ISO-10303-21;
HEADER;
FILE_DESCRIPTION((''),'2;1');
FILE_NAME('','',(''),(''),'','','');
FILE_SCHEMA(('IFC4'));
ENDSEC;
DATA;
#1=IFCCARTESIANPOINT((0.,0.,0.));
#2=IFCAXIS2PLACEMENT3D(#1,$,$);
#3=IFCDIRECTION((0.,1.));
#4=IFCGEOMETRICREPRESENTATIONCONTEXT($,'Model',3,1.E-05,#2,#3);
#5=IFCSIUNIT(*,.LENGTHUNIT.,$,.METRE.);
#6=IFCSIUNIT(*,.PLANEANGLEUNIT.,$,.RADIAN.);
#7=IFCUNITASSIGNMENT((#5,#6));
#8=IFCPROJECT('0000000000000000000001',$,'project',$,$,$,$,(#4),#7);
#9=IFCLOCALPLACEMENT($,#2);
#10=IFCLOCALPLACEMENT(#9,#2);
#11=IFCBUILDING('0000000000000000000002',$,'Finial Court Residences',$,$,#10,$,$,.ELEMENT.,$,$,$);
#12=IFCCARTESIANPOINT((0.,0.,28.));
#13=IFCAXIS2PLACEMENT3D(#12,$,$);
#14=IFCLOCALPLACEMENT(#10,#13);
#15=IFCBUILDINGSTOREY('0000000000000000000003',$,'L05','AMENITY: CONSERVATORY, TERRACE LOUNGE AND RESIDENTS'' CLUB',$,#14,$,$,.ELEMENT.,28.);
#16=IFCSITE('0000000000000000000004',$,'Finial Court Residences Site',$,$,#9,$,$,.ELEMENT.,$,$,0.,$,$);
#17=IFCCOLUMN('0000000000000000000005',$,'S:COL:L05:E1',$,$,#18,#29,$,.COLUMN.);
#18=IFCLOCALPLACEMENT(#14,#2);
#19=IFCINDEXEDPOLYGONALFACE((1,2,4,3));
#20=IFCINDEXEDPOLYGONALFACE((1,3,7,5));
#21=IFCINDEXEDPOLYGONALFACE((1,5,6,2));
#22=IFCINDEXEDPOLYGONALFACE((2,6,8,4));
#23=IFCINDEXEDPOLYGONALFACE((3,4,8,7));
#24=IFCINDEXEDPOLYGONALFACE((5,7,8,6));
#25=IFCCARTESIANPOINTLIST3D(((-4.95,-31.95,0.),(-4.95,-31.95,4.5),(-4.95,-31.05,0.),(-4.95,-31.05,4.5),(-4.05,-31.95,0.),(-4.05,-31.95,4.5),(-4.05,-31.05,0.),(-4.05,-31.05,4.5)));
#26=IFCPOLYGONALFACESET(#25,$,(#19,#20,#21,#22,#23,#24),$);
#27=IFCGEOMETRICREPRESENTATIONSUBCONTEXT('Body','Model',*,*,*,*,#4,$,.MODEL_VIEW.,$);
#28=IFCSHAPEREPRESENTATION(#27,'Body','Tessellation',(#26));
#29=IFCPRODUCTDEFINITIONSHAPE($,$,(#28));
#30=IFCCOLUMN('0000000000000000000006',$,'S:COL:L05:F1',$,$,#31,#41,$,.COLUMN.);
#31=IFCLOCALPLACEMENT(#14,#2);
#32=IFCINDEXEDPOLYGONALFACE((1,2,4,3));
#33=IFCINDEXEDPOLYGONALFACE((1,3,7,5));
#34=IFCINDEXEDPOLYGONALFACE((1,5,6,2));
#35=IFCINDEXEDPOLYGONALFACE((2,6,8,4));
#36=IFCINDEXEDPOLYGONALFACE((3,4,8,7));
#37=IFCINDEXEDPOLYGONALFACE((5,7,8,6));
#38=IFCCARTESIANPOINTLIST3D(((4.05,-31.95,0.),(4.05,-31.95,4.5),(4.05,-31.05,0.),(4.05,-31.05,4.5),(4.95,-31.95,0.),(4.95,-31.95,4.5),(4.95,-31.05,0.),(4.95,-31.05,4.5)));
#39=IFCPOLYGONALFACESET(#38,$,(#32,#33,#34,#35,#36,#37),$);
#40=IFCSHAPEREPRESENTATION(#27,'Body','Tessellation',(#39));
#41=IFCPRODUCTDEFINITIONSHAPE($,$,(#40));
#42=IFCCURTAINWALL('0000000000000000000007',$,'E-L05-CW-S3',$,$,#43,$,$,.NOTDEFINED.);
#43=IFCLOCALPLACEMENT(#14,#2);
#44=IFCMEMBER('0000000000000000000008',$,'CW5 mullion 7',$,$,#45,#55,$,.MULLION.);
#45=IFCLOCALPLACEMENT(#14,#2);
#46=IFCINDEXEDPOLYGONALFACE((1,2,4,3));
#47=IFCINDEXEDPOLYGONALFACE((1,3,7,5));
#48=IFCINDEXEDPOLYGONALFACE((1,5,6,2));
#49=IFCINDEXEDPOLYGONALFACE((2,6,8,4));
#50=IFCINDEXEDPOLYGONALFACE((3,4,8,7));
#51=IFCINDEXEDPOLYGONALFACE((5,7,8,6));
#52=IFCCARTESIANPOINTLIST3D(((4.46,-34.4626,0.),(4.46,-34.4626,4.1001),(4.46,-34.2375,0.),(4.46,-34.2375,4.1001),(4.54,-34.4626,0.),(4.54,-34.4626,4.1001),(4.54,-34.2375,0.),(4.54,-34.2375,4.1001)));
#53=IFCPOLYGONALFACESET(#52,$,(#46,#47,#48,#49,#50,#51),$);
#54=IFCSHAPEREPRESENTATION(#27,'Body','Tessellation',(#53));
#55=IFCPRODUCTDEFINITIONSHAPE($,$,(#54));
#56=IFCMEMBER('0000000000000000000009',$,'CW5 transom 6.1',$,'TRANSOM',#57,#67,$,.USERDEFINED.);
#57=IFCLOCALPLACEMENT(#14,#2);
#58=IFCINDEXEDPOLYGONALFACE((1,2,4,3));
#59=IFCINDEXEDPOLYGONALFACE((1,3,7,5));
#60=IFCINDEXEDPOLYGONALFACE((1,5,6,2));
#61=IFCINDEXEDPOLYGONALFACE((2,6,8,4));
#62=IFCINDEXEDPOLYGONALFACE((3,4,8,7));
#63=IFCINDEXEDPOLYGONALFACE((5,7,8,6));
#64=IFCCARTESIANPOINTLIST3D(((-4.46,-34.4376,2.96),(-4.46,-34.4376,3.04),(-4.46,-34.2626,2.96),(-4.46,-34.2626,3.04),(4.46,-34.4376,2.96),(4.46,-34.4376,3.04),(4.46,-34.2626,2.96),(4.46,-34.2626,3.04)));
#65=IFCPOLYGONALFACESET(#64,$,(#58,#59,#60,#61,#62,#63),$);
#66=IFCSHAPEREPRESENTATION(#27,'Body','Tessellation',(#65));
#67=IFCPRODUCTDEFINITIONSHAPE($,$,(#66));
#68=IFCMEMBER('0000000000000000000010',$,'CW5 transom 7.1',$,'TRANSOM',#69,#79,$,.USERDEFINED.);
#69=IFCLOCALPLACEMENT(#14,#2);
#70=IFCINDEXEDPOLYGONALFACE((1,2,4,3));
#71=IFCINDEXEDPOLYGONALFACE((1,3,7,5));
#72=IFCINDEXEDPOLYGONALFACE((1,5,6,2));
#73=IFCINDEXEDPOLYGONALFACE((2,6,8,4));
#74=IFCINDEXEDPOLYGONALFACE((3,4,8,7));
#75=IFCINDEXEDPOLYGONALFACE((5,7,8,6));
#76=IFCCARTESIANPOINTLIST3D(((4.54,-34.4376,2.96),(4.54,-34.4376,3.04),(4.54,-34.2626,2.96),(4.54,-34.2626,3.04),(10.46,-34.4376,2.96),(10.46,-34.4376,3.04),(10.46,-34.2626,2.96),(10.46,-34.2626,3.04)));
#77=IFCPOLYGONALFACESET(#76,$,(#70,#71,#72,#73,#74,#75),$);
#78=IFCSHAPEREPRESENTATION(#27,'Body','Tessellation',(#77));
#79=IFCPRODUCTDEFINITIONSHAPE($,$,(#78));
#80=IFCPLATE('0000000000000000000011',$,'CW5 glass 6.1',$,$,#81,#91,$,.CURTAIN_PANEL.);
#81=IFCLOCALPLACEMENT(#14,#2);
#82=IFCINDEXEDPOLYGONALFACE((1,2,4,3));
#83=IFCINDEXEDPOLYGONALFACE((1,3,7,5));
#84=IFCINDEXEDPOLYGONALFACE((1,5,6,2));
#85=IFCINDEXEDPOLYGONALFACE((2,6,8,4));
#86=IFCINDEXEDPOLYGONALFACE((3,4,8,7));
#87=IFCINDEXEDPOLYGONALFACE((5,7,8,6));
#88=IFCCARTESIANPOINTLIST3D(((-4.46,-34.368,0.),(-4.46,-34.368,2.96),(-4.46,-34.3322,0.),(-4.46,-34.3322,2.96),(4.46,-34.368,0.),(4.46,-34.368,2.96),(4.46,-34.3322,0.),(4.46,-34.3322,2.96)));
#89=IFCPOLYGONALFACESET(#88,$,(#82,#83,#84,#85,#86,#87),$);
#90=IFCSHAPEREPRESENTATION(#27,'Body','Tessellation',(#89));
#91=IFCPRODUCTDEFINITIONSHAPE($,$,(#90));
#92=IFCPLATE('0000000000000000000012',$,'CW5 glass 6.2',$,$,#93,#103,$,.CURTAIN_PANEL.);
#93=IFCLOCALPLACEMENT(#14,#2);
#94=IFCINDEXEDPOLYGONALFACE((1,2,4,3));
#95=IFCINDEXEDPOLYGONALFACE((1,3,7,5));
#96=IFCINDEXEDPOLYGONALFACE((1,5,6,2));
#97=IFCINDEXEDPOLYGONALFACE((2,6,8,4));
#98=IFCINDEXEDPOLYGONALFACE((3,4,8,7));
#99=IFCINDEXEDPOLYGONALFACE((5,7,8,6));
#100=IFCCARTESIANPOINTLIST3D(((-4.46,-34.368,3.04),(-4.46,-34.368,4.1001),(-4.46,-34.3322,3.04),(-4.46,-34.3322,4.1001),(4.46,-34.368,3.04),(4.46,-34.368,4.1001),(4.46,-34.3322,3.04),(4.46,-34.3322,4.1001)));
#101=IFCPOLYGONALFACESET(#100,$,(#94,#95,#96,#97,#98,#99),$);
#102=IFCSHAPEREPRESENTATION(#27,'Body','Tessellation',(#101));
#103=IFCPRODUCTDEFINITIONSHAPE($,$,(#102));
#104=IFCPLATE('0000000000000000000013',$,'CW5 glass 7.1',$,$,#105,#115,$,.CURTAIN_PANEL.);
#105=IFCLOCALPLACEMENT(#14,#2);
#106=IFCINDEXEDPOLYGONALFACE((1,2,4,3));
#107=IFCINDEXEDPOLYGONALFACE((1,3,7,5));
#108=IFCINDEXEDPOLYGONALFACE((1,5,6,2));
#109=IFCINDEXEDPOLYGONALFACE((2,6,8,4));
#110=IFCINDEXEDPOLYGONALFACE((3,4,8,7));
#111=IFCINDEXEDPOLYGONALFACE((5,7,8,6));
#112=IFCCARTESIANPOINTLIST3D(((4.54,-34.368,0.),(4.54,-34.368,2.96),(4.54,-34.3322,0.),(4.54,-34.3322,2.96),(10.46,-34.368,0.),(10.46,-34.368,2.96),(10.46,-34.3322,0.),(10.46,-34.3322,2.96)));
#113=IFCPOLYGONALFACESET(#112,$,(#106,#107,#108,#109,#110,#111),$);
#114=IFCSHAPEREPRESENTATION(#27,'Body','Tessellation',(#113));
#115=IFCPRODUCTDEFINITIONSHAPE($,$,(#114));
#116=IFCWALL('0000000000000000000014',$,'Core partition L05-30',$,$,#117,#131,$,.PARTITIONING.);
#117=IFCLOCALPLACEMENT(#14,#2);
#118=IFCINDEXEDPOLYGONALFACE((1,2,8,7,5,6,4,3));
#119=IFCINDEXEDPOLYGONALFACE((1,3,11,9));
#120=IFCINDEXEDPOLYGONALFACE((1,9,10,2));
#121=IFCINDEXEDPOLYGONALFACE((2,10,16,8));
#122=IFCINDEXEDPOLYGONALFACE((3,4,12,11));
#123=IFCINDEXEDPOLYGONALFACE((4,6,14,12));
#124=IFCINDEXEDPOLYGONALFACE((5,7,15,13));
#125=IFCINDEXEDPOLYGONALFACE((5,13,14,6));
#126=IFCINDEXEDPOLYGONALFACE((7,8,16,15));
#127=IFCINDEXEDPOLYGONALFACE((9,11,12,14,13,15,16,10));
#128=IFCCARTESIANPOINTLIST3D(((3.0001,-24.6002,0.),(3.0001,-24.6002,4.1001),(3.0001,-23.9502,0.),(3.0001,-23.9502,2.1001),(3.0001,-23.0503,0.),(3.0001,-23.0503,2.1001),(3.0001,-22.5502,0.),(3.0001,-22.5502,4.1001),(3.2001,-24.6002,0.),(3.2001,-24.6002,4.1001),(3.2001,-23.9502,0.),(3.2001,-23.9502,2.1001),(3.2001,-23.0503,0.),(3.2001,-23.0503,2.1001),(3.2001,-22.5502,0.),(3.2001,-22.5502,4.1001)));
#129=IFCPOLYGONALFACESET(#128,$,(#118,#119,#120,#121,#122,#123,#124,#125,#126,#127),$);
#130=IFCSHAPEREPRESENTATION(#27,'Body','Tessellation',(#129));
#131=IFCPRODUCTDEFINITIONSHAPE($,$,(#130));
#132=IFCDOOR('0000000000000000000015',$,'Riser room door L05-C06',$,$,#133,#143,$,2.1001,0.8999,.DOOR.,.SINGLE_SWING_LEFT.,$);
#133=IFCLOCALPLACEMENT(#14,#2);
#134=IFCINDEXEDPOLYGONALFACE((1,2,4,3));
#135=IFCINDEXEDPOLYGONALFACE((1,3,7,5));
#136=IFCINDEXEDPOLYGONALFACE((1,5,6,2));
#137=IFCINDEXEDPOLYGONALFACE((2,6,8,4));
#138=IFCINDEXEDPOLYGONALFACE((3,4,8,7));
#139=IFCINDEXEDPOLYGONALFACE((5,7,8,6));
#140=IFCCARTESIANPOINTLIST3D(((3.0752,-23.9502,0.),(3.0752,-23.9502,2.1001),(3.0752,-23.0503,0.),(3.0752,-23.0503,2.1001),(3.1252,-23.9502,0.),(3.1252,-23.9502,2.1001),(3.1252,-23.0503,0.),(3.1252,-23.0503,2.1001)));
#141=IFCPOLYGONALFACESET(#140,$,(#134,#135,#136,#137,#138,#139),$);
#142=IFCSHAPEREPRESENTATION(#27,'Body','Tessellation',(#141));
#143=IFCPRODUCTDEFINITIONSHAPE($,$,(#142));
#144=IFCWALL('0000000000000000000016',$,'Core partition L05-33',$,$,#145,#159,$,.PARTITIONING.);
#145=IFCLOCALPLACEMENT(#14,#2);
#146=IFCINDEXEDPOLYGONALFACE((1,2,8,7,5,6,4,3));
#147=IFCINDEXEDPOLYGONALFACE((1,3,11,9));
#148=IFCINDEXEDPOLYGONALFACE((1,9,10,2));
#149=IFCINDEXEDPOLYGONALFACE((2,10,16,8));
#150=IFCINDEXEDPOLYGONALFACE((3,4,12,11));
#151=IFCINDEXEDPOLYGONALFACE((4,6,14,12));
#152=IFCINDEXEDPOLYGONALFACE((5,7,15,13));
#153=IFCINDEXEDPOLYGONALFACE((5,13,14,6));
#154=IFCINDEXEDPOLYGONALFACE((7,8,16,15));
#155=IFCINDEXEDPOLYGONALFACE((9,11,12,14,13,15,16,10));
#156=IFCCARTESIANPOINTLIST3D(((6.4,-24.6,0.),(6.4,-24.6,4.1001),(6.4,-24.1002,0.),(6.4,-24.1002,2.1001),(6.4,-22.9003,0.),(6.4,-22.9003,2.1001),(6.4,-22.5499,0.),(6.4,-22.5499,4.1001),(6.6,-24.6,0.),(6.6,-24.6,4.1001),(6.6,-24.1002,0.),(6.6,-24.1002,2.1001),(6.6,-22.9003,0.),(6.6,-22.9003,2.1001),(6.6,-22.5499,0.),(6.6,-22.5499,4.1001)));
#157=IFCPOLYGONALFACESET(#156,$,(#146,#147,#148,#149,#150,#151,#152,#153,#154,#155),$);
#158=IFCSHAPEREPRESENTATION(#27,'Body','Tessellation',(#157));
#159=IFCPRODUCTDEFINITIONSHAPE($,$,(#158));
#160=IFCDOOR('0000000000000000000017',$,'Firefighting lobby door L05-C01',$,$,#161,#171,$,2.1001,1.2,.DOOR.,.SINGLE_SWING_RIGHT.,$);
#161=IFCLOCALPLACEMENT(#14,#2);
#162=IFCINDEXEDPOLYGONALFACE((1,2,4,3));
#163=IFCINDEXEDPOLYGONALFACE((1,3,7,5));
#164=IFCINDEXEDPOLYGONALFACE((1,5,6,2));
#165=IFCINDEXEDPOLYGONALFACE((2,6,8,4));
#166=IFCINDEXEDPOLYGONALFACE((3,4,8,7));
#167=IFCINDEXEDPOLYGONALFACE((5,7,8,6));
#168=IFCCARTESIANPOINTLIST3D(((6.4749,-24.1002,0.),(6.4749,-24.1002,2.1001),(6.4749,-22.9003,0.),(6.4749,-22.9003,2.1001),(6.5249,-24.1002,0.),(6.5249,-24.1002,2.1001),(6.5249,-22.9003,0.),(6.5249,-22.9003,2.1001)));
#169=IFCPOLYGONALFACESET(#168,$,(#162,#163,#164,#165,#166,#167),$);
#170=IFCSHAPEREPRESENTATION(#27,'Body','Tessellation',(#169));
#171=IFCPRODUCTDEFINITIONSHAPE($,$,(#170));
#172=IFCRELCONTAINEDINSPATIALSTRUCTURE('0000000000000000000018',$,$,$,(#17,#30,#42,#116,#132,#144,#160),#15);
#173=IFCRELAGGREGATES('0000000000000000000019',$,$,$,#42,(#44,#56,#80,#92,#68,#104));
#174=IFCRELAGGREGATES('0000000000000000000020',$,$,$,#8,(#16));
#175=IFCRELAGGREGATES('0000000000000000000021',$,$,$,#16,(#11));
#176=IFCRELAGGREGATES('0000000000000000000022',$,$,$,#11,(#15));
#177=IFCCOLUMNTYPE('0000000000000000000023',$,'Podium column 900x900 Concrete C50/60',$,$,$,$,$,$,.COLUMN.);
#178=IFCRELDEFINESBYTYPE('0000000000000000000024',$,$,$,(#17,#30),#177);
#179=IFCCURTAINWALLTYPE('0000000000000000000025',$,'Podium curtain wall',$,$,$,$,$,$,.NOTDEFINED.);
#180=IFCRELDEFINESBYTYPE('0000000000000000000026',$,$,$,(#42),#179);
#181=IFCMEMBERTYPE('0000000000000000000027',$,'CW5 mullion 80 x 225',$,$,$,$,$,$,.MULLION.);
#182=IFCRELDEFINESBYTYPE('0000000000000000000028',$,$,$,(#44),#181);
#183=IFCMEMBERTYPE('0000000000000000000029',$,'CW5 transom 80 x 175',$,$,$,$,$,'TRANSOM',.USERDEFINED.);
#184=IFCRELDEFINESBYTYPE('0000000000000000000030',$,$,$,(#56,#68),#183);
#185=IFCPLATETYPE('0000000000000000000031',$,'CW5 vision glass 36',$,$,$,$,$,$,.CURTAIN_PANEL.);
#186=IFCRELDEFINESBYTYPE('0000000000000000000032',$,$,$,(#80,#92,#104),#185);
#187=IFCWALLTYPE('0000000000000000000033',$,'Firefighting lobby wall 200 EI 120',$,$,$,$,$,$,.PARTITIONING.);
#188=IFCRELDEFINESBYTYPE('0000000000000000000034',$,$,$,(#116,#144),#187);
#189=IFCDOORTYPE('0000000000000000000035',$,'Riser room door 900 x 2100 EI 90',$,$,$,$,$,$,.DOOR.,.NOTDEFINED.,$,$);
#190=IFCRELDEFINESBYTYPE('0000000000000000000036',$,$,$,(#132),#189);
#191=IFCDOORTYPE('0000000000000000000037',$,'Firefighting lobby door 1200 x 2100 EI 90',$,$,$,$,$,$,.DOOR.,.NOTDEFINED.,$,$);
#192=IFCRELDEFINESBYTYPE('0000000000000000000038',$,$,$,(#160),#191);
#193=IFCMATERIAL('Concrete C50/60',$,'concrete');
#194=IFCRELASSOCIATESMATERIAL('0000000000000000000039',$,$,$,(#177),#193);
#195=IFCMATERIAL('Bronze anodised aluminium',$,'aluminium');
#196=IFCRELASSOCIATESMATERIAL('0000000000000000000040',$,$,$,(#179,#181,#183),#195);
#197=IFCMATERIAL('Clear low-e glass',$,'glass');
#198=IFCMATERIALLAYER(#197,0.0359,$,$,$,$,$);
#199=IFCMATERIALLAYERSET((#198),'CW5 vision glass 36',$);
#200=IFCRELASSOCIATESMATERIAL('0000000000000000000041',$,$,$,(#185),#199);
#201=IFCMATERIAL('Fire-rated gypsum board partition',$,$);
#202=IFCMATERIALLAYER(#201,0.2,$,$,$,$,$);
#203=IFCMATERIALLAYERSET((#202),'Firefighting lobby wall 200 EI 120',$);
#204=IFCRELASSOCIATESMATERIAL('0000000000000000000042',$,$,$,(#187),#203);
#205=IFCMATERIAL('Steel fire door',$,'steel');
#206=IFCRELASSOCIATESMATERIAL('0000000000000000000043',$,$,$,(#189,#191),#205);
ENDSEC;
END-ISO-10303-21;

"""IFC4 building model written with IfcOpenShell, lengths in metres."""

from ifc_helpers import new_model, si_unit, direction, frame, frame_2d, origin, origin_2d, place, context, subcontext, project, spatial, rectangle, extrude, material, layer, layer_set, material_profile, profile_set, type_object, element, fill, aggregate, save


model = new_model("IFC4")

# Units and contexts
model_context = context("Model", 3, precision=1e-05, world=origin(), true_north=direction((0.0, 1.0)))
body_context = subcontext(model_context, "Body", "Model", "MODEL_VIEW")
ifc_project = project(units=[si_unit("LENGTHUNIT", "METRE"), si_unit("PLANEANGLEUNIT", "RADIAN")], contexts=[model_context])

# Site, building, storey
site_placement = place(None, origin())
site = spatial("IfcSite", under=ifc_project, at=site_placement, Name="Finial Court Residences Site", CompositionType="ELEMENT", RefElevation=0.0)
building_placement = place(site_placement, origin())
building = spatial("IfcBuilding", under=site, at=building_placement, Name="Finial Court Residences", CompositionType="ELEMENT")
storey_placement = place(building_placement, frame((0.0, 0.0, 28.0)))
storey = spatial("IfcBuildingStorey", under=building, at=storey_placement, Name="L05", Description="AMENITY: CONSERVATORY, TERRACE LOUNGE AND RESIDENTS' CLUB", CompositionType="ELEMENT", Elevation=28.0)

# Columns
ifc_material_1 = material(Name="Concrete C50/60", Category="concrete")
ifc_material_profile_1 = material_profile(ifc_material_1, rectangle(XDim=0.8999, YDim=0.8999, at=origin_2d()), Name="900x900")
ifc_profile_set_1 = profile_set([ifc_material_profile_1], Name="Concrete C50/60")
column_type = type_object("IfcColumnType", Name="Podium column 900x900 Concrete C50/60", PredefinedType="COLUMN", material=ifc_profile_set_1)
for number, where, z_axis, x_axis, name in (
    (1, (-4.5, -31.5, 0.0), (0.0, 0.0, 1.0), (1.0, 0.0, 0.0), "S:COL:L05:E1"),
    (2, (4.5, -31.5, 0.0), (0.0, 0.0, 1.0), (1.0, 0.0, 0.0), "S:COL:L05:F1"),
):
    element("IfcColumn", number, at=place(storey_placement, frame(where, z_axis=z_axis, x_axis=x_axis)), inside=storey, type_object=column_type, Name=name, PredefinedType="COLUMN", context=body_context, shape_type="SweptSolid", body=[
        extrude(rectangle(XDim=0.8999, YDim=0.8999, at=origin_2d()), origin(), (0.0, 0.0, 1.0), 4.5),
    ])

# Curtain wall, members, plates
ifc_material_2 = material(Name="Bronze anodised aluminium", Category="aluminium")
curtain_wall_type = type_object("IfcCurtainWallType", Name="Podium curtain wall", PredefinedType="NOTDEFINED", material=ifc_material_2)
curtain_wall_placement = place(storey_placement, origin())
curtain_wall = element("IfcCurtainWall", 3, at=curtain_wall_placement, inside=storey, type_object=curtain_wall_type, Name="E-L05-CW-S3", PredefinedType="NOTDEFINED")
ifc_material_profile_2 = material_profile(ifc_material_2, rectangle(XDim=0.2251, YDim=0.0801, at=origin_2d()), Name="CW5 mullion 80 x 225")
ifc_profile_set_2 = profile_set([ifc_material_profile_2], Name="Bronze anodised aluminium")
member_type_1 = type_object("IfcMemberType", Name="CW5 mullion 80 x 225", PredefinedType="MULLION", material=ifc_profile_set_2)
member_1_placement = place(storey_placement, frame((4.5, -34.3501, 0.0), z_axis=(0.0, 0.0, 1.0), x_axis=(0.0, 1.0, 0.0)))
member_1 = element("IfcMember", 4, at=member_1_placement, type_object=member_type_1, Name="CW5 mullion 7", PredefinedType="MULLION", context=body_context, shape_type="SweptSolid", body=[
    extrude(rectangle(XDim=0.2251, YDim=0.0801, at=origin_2d()), origin(), (0.0, 0.0, 1.0), 4.1001),
])
ifc_material_profile_3 = material_profile(ifc_material_2, rectangle(XDim=0.175, YDim=0.0801, at=origin_2d()), Name="CW5 transom 80 x 175")
ifc_profile_set_3 = profile_set([ifc_material_profile_3], Name="Bronze anodised aluminium")
member_type_2 = type_object("IfcMemberType", Name="CW5 transom 80 x 175", ElementType="TRANSOM", PredefinedType="USERDEFINED", material=ifc_profile_set_3)
member_2_placement = place(storey_placement, frame((-4.46, -34.3501, 3.0), z_axis=(1.0, 0.0, 0.0), x_axis=(0.0, 1.0, 0.0)))
member_2 = element("IfcMember", 5, at=member_2_placement, type_object=member_type_2, Name="CW5 transom 6.1", ObjectType="TRANSOM", PredefinedType="USERDEFINED", context=body_context, shape_type="SweptSolid", body=[
    extrude(rectangle(XDim=0.175, YDim=0.0801, at=origin_2d()), origin(), (0.0, 0.0, 1.0), 8.9199),
])
member_3_placement = place(storey_placement, frame((4.54, -34.3501, 3.0), z_axis=(1.0, 0.0, 0.0), x_axis=(0.0, 1.0, 0.0)))
member_3 = element("IfcMember", 6, at=member_3_placement, type_object=member_type_2, Name="CW5 transom 7.1", ObjectType="TRANSOM", PredefinedType="USERDEFINED", context=body_context, shape_type="SweptSolid", body=[
    extrude(rectangle(XDim=0.175, YDim=0.0801, at=origin_2d()), origin(), (0.0, 0.0, 1.0), 5.9199),
])
ifc_material_3 = material(Name="Clear low-e glass", Category="glass")
ifc_layer_1 = layer(ifc_material_3, 0.0359)
ifc_layer_set_1 = layer_set([ifc_layer_1], Name="CW5 vision glass 36")
plate_type = type_object("IfcPlateType", Name="CW5 vision glass 36", PredefinedType="CURTAIN_PANEL", material=ifc_layer_set_1)
plate_1_placement = place(storey_placement, frame((0.0, -34.3501, 0.0), z_axis=(0.0, 0.0, 1.0), x_axis=(1.0, 0.0, 0.0)))
plate_1 = element("IfcPlate", 7, at=plate_1_placement, type_object=plate_type, Name="CW5 glass 6.1", PredefinedType="CURTAIN_PANEL", context=body_context, shape_type="SweptSolid", body=[
    extrude(rectangle(XDim=8.9199, YDim=0.0359, at=origin_2d()), origin(), (0.0, 0.0, 1.0), 2.96),
])
plate_2_placement = place(storey_placement, frame((0.0, -34.3501, 3.04), z_axis=(0.0, 0.0, 1.0), x_axis=(1.0, 0.0, 0.0)))
plate_2 = element("IfcPlate", 8, at=plate_2_placement, type_object=plate_type, Name="CW5 glass 6.2", PredefinedType="CURTAIN_PANEL", context=body_context, shape_type="SweptSolid", body=[
    extrude(rectangle(XDim=8.9199, YDim=0.0359, at=origin_2d()), origin(), (0.0, 0.0, 1.0), 1.0601),
])
plate_3_placement = place(storey_placement, frame((7.5, -34.3501, 0.0), z_axis=(0.0, 0.0, 1.0), x_axis=(1.0, 0.0, 0.0)))
plate_3 = element("IfcPlate", 9, at=plate_3_placement, type_object=plate_type, Name="CW5 glass 7.1", PredefinedType="CURTAIN_PANEL", context=body_context, shape_type="SweptSolid", body=[
    extrude(rectangle(XDim=5.9199, YDim=0.0359, at=origin_2d()), origin(), (0.0, 0.0, 1.0), 2.96),
])
aggregate(curtain_wall, [member_1, member_2, plate_1, plate_2, member_3, plate_3])

# Walls, openings, doors
ifc_material_4 = material(Name="Fire-rated gypsum board partition")
ifc_layer_2 = layer(ifc_material_4, 0.2)
ifc_layer_set_2 = layer_set([ifc_layer_2], Name="Firefighting lobby wall 200 EI 120")
wall_type_1 = type_object("IfcWallType", Name="Firefighting lobby wall 200 EI 120", PredefinedType="PARTITIONING", material=ifc_layer_set_2)
wall_1_placement = place(storey_placement, frame((3.1001, -24.6001, 0.0), z_axis=(0.0, 0.0, 1.0), x_axis=(0.0, 1.0, 0.0)))
wall_1 = element("IfcWall", 10, at=wall_1_placement, inside=storey, type_object=wall_type_1, Name="Core partition L05-30", PredefinedType="PARTITIONING", context=body_context, shape_type="SweptSolid", body=[
    extrude(rectangle(XDim=2.05, YDim=0.2, at=frame_2d((1.0249, 0.0))), origin(), (0.0, 0.0, 1.0), 4.1001),
])
opening_1_placement = place(wall_1_placement, frame((0.6499, 0.0, 0.0)))
opening_1 = element("IfcOpeningElement", 11, at=opening_1_placement, cuts=wall_1, PredefinedType="OPENING", context=body_context, shape_type="SweptSolid", body=[
    extrude(rectangle(XDim=0.8999, YDim=2.1001, at=frame_2d((0.45, 1.05))), frame((0.0, 0.1099, 0.0), z_axis=(0.0, -1.0, 0.0), x_axis=(1.0, 0.0, 0.0)), (0.0, 0.0, 1.0), 0.22),
])
ifc_material_5 = material(Name="Steel fire door", Category="steel")
door_type_1 = type_object("IfcDoorType", Name="Riser room door 900 x 2100 EI 90", OperationType="NOTDEFINED", PredefinedType="DOOR", material=ifc_material_5)
door_1_placement = place(opening_1_placement, origin())
door_1 = element("IfcDoor", 12, at=door_1_placement, inside=storey, type_object=door_type_1, Name="Riser room door L05-C06", OperationType="SINGLE_SWING_LEFT", OverallHeight=2.1001, OverallWidth=0.8999, PredefinedType="DOOR", context=body_context, shape_type="SweptSolid", body=[
    extrude(rectangle(XDim=0.8999, YDim=2.1001, at=frame_2d((0.45, 1.05))), frame((0.0, 0.0249, 0.0), z_axis=(0.0, -1.0, 0.0), x_axis=(1.0, 0.0, 0.0)), (0.0, 0.0, 1.0), 0.05),
])
fill(opening_1, door_1)
wall_2_placement = place(storey_placement, frame((6.5, -22.55, 0.0), z_axis=(0.0, 0.0, 1.0), x_axis=(0.0, -1.0, 0.0)))
wall_2 = element("IfcWall", 13, at=wall_2_placement, inside=storey, type_object=wall_type_1, Name="Core partition L05-33", PredefinedType="PARTITIONING", context=body_context, shape_type="SweptSolid", body=[
    extrude(rectangle(XDim=2.05, YDim=0.2, at=frame_2d((1.0249, 0.0))), origin(), (0.0, 0.0, 1.0), 4.1001),
])
opening_2_placement = place(wall_2_placement, frame((0.3501, 0.0, 0.0)))
opening_2 = element("IfcOpeningElement", 14, at=opening_2_placement, cuts=wall_2, PredefinedType="OPENING", context=body_context, shape_type="SweptSolid", body=[
    extrude(rectangle(XDim=1.2, YDim=2.1001, at=frame_2d((0.6001, 1.05))), frame((0.0, 0.1099, 0.0), z_axis=(0.0, -1.0, 0.0), x_axis=(1.0, 0.0, 0.0)), (0.0, 0.0, 1.0), 0.22),
])
door_type_2 = type_object("IfcDoorType", Name="Firefighting lobby door 1200 x 2100 EI 90", OperationType="NOTDEFINED", PredefinedType="DOOR", material=ifc_material_5)
door_2_placement = place(opening_2_placement, origin())
door_2 = element("IfcDoor", 15, at=door_2_placement, inside=storey, type_object=door_type_2, Name="Firefighting lobby door L05-C01", OperationType="SINGLE_SWING_RIGHT", OverallHeight=2.1001, OverallWidth=1.2, PredefinedType="DOOR", context=body_context, shape_type="SweptSolid", body=[
    extrude(rectangle(XDim=1.2, YDim=2.1001, at=frame_2d((0.6001, 1.05))), frame((0.0, 0.0249, 0.0), z_axis=(0.0, -1.0, 0.0), x_axis=(1.0, 0.0, 0.0)), (0.0, 0.0, 1.0), 0.05),
])
fill(opening_2, door_2)

save(model, "model.ifc")
